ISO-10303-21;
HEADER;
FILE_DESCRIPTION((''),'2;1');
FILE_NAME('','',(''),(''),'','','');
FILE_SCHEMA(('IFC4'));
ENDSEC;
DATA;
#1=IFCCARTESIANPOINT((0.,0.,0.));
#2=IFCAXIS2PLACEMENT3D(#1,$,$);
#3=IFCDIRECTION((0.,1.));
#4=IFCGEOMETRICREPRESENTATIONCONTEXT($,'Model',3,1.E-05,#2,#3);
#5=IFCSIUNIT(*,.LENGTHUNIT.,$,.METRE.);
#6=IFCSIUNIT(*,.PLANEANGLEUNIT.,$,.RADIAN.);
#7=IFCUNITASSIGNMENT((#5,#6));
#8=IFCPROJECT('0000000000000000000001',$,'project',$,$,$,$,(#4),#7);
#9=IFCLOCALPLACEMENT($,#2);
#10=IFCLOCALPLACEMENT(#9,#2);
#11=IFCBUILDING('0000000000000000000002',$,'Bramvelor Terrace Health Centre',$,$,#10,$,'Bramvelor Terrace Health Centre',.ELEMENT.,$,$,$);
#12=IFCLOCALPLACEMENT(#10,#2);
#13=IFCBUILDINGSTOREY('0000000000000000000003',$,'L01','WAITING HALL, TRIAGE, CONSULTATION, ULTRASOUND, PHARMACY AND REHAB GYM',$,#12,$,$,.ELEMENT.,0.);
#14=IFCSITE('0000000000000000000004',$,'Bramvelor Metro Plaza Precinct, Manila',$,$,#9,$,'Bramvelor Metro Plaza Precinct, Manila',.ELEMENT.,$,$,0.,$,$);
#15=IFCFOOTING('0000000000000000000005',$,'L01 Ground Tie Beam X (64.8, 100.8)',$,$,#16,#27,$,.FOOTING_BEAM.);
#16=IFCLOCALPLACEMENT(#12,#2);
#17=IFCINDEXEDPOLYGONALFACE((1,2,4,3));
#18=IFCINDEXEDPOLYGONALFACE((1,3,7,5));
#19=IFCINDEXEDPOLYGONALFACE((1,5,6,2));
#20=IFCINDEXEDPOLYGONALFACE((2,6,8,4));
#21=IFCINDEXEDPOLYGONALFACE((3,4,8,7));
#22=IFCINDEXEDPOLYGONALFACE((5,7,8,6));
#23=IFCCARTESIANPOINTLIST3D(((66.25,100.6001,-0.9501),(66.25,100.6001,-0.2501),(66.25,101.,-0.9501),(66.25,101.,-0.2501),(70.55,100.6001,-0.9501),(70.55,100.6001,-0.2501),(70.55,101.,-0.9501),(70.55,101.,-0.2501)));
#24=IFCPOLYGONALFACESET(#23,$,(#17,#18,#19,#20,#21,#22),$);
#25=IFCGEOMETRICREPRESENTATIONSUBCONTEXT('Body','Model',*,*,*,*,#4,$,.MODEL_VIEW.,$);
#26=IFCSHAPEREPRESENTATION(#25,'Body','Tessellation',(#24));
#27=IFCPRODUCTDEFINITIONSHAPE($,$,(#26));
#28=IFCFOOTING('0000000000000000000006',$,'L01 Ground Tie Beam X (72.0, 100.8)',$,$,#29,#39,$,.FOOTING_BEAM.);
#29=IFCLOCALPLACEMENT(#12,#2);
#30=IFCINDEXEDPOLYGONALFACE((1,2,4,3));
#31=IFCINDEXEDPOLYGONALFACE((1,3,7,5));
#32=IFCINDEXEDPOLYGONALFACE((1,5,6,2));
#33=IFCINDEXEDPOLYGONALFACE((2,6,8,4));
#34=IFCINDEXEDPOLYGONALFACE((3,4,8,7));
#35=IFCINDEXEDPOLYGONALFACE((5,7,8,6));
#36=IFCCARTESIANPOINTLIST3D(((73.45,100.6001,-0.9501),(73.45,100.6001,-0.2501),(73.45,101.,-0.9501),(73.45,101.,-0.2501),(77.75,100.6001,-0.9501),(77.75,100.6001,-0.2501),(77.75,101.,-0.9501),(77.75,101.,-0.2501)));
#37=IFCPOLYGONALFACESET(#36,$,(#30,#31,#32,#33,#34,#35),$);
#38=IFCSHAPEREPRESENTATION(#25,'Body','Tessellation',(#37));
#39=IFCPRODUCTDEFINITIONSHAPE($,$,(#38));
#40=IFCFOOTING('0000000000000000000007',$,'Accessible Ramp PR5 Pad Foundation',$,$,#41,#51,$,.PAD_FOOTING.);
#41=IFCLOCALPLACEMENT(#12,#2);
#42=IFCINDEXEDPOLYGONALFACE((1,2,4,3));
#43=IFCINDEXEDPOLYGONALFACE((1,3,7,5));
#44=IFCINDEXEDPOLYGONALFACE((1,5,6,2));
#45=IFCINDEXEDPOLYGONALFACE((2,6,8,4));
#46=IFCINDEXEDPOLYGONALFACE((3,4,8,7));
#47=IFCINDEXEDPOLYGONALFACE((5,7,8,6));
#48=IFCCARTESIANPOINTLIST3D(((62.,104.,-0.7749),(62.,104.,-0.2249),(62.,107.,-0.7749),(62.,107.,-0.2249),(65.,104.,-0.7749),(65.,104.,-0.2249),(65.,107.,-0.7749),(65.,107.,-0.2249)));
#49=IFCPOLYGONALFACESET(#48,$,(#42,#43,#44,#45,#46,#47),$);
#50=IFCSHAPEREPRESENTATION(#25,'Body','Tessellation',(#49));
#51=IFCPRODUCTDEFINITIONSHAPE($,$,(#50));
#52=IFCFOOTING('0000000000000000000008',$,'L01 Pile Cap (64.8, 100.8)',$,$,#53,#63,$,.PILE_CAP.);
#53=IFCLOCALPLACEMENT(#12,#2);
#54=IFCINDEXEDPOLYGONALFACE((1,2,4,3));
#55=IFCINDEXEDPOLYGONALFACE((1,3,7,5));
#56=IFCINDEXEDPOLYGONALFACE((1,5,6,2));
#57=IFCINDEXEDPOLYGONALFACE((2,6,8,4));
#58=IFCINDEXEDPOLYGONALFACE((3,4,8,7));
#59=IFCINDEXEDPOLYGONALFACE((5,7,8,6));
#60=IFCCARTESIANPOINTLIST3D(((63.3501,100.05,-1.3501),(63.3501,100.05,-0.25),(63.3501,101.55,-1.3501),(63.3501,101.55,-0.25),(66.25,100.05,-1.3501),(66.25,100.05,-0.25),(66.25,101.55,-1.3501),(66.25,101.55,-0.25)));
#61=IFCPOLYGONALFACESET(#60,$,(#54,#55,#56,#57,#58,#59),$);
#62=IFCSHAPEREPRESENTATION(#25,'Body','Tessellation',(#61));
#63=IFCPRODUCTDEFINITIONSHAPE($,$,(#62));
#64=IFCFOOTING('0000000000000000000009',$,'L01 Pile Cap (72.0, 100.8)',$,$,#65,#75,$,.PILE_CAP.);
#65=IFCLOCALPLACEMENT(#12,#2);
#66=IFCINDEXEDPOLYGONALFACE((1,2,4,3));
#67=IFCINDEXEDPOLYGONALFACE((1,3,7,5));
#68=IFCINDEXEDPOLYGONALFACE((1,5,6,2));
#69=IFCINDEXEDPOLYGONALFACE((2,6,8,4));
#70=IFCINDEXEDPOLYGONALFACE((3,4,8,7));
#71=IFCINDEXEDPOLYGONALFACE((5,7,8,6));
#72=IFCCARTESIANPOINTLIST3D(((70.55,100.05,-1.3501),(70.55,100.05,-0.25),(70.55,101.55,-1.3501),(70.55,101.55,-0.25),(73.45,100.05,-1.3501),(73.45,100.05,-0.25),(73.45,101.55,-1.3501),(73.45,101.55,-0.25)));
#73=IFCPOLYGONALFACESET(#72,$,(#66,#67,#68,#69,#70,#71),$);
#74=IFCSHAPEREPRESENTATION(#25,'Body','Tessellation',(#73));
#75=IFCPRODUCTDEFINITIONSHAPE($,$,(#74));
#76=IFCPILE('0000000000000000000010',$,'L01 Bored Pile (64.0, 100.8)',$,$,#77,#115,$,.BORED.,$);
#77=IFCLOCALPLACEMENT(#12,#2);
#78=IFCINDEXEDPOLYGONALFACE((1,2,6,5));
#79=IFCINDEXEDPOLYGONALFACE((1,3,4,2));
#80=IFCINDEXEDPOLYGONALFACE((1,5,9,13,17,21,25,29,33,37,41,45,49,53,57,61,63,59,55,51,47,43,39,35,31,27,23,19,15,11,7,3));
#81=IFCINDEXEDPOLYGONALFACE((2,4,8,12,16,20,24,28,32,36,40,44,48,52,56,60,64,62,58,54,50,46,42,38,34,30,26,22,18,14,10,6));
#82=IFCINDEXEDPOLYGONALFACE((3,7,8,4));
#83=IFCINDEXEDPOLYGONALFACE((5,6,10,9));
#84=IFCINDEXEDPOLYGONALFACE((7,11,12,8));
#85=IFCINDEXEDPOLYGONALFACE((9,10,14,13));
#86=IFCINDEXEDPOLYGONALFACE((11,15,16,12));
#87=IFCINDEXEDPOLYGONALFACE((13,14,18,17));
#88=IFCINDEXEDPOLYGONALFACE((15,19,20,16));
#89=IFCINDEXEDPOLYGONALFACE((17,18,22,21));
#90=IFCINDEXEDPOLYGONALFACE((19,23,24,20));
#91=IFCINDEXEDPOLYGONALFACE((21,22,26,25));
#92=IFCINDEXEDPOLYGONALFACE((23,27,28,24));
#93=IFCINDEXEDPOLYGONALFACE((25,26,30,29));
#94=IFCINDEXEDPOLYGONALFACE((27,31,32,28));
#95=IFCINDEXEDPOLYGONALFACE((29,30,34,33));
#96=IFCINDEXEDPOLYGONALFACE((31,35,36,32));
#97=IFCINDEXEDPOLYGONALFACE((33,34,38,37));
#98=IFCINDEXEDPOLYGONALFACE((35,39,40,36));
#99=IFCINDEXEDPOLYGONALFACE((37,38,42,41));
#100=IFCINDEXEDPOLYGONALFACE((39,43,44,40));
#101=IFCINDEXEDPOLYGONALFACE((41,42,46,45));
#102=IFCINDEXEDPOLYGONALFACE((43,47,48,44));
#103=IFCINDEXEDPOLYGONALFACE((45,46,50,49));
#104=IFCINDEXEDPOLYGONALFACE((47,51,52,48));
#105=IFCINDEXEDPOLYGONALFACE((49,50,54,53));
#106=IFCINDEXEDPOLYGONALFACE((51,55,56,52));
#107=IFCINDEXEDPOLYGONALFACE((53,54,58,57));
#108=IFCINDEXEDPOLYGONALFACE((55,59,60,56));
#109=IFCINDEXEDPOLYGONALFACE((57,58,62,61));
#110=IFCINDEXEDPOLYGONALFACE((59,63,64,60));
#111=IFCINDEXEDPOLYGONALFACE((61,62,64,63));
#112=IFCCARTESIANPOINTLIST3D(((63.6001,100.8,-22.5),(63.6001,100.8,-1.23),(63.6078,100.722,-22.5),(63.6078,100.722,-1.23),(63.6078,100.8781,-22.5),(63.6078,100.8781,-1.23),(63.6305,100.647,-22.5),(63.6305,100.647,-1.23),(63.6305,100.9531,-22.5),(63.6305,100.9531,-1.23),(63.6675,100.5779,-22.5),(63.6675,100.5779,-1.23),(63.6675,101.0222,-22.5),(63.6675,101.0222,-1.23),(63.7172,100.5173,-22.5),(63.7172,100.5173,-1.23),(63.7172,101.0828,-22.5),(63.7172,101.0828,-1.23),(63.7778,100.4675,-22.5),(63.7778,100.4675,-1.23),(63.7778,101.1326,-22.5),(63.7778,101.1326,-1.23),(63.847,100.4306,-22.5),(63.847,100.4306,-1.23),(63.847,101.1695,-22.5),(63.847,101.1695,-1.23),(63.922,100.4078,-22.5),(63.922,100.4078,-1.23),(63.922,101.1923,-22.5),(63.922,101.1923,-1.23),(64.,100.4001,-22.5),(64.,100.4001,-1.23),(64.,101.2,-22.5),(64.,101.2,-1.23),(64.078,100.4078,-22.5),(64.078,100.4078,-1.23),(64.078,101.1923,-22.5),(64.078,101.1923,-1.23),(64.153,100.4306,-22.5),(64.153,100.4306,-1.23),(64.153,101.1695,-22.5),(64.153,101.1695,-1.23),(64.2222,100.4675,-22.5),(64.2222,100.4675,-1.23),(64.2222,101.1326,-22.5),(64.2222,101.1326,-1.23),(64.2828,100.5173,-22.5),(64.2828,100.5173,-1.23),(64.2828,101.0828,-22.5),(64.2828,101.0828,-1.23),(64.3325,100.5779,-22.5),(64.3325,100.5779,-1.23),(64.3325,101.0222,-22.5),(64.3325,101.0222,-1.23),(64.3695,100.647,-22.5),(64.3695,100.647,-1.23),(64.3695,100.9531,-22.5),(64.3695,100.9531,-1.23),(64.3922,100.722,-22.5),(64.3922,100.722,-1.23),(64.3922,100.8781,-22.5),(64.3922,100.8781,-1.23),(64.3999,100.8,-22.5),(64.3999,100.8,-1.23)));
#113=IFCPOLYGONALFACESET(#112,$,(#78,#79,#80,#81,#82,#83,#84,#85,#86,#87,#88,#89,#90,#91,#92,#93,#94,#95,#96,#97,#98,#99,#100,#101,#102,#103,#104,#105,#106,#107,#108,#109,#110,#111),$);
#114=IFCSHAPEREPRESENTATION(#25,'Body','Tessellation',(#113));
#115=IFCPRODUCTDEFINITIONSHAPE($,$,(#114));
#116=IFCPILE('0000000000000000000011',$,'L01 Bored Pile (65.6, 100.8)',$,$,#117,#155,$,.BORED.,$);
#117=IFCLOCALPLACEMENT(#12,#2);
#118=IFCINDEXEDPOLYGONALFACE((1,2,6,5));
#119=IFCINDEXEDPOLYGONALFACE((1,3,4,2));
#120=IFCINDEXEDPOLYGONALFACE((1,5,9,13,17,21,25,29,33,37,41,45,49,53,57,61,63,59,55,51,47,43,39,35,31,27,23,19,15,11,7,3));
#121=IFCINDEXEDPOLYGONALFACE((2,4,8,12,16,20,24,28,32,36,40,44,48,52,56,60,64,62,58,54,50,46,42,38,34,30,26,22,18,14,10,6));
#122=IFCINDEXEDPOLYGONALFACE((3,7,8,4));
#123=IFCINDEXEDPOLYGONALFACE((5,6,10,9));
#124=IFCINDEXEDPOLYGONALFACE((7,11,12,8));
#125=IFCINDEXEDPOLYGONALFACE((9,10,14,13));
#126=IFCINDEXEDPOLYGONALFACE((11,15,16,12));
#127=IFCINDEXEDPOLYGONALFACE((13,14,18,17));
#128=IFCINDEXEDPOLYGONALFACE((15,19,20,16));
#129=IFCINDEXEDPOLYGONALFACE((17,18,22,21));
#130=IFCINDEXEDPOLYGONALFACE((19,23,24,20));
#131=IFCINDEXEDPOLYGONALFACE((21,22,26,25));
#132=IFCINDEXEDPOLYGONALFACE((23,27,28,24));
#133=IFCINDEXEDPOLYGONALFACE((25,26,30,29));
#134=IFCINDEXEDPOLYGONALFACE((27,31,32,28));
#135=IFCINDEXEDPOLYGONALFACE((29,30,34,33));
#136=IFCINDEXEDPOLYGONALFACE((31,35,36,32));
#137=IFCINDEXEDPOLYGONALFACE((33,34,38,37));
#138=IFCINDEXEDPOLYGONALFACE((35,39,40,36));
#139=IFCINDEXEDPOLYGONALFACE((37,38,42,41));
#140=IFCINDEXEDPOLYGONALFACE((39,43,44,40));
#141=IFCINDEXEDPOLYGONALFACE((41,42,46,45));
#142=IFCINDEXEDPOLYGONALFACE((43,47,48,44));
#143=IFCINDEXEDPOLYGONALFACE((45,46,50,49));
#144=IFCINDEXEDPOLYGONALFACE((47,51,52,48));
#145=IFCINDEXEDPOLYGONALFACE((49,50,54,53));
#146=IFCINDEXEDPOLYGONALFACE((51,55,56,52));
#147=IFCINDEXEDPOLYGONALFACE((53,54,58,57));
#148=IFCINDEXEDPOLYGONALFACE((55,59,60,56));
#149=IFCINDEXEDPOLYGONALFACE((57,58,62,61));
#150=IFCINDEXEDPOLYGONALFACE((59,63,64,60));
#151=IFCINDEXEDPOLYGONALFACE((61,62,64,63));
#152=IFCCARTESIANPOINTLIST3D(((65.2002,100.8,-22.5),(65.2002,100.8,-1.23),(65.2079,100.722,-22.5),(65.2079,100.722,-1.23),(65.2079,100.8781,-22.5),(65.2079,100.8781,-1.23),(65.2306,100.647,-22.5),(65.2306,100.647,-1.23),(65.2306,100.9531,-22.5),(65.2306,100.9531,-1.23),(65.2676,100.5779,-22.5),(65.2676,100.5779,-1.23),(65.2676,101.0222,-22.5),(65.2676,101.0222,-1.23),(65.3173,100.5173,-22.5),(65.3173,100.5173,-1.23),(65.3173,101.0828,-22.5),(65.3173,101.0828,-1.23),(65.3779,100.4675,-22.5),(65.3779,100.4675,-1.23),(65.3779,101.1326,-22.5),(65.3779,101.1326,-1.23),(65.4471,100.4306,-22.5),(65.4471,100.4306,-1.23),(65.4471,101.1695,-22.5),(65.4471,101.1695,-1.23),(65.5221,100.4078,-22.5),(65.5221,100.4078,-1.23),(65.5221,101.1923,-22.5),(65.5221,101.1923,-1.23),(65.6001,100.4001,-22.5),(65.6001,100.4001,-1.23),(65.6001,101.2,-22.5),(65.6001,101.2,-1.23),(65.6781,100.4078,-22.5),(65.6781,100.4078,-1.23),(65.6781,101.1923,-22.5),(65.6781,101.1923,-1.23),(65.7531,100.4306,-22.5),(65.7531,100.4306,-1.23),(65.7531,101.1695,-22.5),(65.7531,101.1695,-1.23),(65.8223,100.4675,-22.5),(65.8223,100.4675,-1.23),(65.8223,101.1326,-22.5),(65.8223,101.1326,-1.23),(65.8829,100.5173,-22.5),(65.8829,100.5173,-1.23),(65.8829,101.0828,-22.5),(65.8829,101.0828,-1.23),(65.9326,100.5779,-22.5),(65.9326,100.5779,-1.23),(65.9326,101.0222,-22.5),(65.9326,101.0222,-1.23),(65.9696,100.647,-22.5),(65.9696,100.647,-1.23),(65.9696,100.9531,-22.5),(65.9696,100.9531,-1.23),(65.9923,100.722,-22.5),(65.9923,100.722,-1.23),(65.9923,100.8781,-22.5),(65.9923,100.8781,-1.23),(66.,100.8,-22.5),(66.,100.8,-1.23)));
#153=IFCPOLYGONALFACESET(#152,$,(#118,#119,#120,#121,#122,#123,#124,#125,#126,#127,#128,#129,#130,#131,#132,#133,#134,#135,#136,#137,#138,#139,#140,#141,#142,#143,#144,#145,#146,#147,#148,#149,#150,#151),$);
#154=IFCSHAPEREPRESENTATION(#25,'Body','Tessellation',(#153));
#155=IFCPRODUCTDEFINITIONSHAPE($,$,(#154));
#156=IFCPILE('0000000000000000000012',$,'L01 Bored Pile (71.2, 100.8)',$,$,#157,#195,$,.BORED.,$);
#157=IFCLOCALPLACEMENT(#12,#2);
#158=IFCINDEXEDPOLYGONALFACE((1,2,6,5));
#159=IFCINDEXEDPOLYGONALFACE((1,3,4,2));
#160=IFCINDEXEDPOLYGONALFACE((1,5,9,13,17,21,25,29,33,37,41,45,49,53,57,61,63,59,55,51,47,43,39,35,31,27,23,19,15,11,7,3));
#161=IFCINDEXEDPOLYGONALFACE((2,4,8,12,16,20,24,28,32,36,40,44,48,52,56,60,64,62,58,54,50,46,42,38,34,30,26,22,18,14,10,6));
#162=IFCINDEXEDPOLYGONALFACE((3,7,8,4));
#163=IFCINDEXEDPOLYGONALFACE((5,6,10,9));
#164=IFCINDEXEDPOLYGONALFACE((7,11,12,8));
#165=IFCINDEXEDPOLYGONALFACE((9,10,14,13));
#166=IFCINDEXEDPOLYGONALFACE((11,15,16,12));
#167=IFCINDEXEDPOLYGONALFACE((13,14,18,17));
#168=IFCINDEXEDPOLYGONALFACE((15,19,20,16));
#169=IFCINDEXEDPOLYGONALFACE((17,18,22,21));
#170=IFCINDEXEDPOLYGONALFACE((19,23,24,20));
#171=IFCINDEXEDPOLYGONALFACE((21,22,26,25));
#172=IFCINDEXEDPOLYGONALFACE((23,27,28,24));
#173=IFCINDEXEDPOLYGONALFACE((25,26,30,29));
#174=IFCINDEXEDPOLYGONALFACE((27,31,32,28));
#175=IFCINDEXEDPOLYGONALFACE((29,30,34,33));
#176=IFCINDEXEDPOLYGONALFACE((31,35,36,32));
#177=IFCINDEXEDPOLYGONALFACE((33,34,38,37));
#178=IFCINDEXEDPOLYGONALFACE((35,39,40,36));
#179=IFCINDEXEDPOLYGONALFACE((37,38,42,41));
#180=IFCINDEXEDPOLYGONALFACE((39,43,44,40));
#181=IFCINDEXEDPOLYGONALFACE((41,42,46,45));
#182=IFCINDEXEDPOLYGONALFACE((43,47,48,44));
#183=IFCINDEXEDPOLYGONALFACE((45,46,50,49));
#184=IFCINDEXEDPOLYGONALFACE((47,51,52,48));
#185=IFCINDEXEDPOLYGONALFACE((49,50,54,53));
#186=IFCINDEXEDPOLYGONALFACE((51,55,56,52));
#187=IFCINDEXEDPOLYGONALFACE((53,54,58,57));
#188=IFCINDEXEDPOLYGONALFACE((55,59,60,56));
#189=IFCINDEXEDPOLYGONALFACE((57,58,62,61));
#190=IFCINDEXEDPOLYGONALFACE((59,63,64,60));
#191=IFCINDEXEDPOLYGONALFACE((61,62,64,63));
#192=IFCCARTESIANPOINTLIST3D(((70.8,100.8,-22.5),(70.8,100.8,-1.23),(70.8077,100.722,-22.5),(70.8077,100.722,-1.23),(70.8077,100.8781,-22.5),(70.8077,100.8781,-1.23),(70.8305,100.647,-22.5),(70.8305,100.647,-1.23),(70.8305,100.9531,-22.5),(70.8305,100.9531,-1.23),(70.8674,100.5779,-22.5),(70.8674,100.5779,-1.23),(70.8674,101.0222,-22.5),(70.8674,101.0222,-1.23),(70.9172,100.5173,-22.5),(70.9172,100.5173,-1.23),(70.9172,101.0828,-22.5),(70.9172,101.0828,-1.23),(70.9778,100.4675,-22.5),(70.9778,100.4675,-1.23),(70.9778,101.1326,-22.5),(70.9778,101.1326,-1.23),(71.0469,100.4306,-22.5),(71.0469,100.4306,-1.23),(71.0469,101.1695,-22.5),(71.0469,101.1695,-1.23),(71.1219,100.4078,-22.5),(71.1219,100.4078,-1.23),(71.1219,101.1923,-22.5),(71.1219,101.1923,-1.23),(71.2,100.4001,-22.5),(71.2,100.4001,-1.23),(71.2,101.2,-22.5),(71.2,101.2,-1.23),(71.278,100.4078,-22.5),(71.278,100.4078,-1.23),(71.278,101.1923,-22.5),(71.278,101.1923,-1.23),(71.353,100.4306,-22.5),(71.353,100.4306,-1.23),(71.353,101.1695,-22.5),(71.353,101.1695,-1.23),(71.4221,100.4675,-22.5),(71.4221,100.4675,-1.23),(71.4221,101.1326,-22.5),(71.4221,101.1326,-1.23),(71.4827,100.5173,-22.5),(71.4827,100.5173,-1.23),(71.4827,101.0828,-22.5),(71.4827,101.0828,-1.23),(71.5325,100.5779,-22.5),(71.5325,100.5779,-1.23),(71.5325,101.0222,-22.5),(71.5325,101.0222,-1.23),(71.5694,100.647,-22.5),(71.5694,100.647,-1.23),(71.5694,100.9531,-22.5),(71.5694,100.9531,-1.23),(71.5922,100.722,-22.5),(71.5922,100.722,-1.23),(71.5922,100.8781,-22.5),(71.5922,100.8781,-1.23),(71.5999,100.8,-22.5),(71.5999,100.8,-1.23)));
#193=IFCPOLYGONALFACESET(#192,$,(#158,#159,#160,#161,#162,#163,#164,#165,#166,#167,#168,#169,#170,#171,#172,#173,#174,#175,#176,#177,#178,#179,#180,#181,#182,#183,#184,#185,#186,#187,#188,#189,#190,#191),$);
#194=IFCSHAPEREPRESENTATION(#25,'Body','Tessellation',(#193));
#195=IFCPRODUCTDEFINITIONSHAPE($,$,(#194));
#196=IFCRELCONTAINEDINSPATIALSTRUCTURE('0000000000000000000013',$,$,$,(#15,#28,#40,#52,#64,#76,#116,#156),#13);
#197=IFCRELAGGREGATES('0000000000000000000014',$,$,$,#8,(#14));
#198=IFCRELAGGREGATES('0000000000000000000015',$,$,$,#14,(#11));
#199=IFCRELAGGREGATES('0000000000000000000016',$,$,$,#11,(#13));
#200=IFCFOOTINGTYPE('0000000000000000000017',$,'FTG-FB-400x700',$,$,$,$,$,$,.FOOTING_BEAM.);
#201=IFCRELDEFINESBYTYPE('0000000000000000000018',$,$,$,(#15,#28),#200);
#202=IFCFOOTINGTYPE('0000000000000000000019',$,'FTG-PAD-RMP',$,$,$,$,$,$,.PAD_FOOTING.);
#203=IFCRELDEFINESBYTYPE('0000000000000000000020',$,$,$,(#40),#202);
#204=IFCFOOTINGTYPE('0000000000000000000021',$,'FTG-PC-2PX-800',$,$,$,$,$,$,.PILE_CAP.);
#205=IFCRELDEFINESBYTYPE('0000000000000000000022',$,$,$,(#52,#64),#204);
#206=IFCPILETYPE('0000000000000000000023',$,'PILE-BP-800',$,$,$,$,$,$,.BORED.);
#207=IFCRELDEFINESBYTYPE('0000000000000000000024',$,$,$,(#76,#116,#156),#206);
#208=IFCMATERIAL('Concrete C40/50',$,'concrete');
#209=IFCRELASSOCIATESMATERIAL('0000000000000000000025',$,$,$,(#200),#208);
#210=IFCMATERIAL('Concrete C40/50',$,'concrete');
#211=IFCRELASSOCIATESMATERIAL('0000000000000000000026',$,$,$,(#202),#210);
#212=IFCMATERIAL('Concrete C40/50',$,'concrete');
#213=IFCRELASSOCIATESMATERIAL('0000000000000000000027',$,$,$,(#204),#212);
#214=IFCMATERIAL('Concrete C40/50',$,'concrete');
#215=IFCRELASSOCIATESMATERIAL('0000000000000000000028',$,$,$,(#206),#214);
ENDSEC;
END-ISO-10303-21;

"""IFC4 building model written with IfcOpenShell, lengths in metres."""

from ifc_helpers import new_model, si_unit, direction, frame, origin, origin_2d, place, context, subcontext, project, spatial, rectangle, circle, extrude, material, material_profile, profile_set, type_object, element, save


model = new_model("IFC4")

# Units and contexts
model_context = context("Model", 3, precision=1e-05, world=origin(), true_north=direction((0.0, 1.0)))
body_context = subcontext(model_context, "Body", "Model", "MODEL_VIEW")
ifc_project = project(units=[si_unit("LENGTHUNIT", "METRE"), si_unit("PLANEANGLEUNIT", "RADIAN")], contexts=[model_context])

# Site, building, storey
site_placement = place(None, origin())
site = spatial("IfcSite", under=ifc_project, at=site_placement, Name="Bramvelor Metro Plaza Precinct, Manila", LongName="Bramvelor Metro Plaza Precinct, Manila", CompositionType="ELEMENT", RefElevation=0.0)
building_placement = place(site_placement, origin())
building = spatial("IfcBuilding", under=site, at=building_placement, Name="Bramvelor Terrace Health Centre", LongName="Bramvelor Terrace Health Centre", CompositionType="ELEMENT")
storey_placement = place(building_placement, origin())
storey = spatial("IfcBuildingStorey", under=building, at=storey_placement, Name="L01", Description="WAITING HALL, TRIAGE, CONSULTATION, ULTRASOUND, PHARMACY AND REHAB GYM", CompositionType="ELEMENT", Elevation=0.0)

# Footings
ifc_material_1 = material(Name="Concrete C40/50", Category="concrete")
ifc_material_profile_1 = material_profile(ifc_material_1, rectangle(XDim=0.3999, YDim=0.7, at=origin_2d()), Name="RC 400x700")
ifc_profile_set_1 = profile_set([ifc_material_profile_1], Name="Concrete C40/50")
footing_type_1 = type_object("IfcFootingType", Name="FTG-FB-400x700", PredefinedType="FOOTING_BEAM", material=ifc_profile_set_1)
for number, where, z_axis, x_axis, name in (
    (1, (66.25, 100.8, -0.6001), (1.0, 0.0, 0.0), (0.0, 1.0, 0.0), "L01 Ground Tie Beam X (64.8, 100.8)"),
    (2, (73.45, 100.8, -0.6001), (1.0, 0.0, 0.0), (0.0, 1.0, 0.0), "L01 Ground Tie Beam X (72.0, 100.8)"),
):
    element("IfcFooting", number, at=place(storey_placement, frame(where, z_axis=z_axis, x_axis=x_axis)), inside=storey, type_object=footing_type_1, Name=name, PredefinedType="FOOTING_BEAM", context=body_context, shape_type="SweptSolid", body=[
        extrude(rectangle(XDim=0.3999, YDim=0.7, at=origin_2d()), origin(), (0.0, 0.0, 1.0), 4.3),
    ])
ifc_material_2 = material(Name="Concrete C40/50", Category="concrete")
footing_type_2 = type_object("IfcFootingType", Name="FTG-PAD-RMP", PredefinedType="PAD_FOOTING", material=ifc_material_2)
footing_placement = place(storey_placement, frame((63.5, 105.5, -0.7749), z_axis=(0.0, 0.0, 1.0), x_axis=(1.0, 0.0, 0.0)))
element("IfcFooting", 3, at=footing_placement, inside=storey, type_object=footing_type_2, Name="Accessible Ramp PR5 Pad Foundation", PredefinedType="PAD_FOOTING", context=body_context, shape_type="SweptSolid", body=[
    extrude(rectangle(XDim=3.0, YDim=3.0, at=origin_2d()), origin(), (0.0, 0.0, 1.0), 0.55),
])
ifc_material_3 = material(Name="Concrete C40/50", Category="concrete")
footing_type_3 = type_object("IfcFootingType", Name="FTG-PC-2PX-800", PredefinedType="PILE_CAP", material=ifc_material_3)
for number, where, z_axis, x_axis, name in (
    (4, (64.8, 100.8, -1.3501), (0.0, 0.0, 1.0), (1.0, 0.0, 0.0), "L01 Pile Cap (64.8, 100.8)"),
    (5, (72.0, 100.8, -1.3501), (0.0, 0.0, 1.0), (1.0, 0.0, 0.0), "L01 Pile Cap (72.0, 100.8)"),
):
    element("IfcFooting", number, at=place(storey_placement, frame(where, z_axis=z_axis, x_axis=x_axis)), inside=storey, type_object=footing_type_3, Name=name, PredefinedType="PILE_CAP", context=body_context, shape_type="SweptSolid", body=[
        extrude(rectangle(XDim=2.8999, YDim=1.5, at=origin_2d()), origin(), (0.0, 0.0, 1.0), 1.1001),
    ])

# Piles
ifc_material_4 = material(Name="Concrete C40/50", Category="concrete")
ifc_material_profile_2 = material_profile(ifc_material_4, circle(Radius=0.3999, at=origin_2d()), Name="BP D800")
ifc_profile_set_2 = profile_set([ifc_material_profile_2], Name="Concrete C40/50")
pile_type = type_object("IfcPileType", Name="PILE-BP-800", PredefinedType="BORED", material=ifc_profile_set_2)
for number, where, z_axis, x_axis, name in (
    (6, (64.0, 100.8, -1.23), (0.0, 0.0, -1.0), (1.0, 0.0, 0.0), "L01 Bored Pile (64.0, 100.8)"),
    (7, (65.6001, 100.8, -1.23), (0.0, 0.0, -1.0), (1.0, 0.0, 0.0), "L01 Bored Pile (65.6, 100.8)"),
    (8, (71.2, 100.8, -1.23), (0.0, 0.0, -1.0), (1.0, 0.0, 0.0), "L01 Bored Pile (71.2, 100.8)"),
):
    element("IfcPile", number, at=place(storey_placement, frame(where, z_axis=z_axis, x_axis=x_axis)), inside=storey, type_object=pile_type, Name=name, PredefinedType="BORED", context=body_context, shape_type="SweptSolid", body=[
        extrude(circle(Radius=0.3999, at=origin_2d()), origin(), (0.0, 0.0, 1.0), 21.27),
    ])

save(model, "model.ifc")
